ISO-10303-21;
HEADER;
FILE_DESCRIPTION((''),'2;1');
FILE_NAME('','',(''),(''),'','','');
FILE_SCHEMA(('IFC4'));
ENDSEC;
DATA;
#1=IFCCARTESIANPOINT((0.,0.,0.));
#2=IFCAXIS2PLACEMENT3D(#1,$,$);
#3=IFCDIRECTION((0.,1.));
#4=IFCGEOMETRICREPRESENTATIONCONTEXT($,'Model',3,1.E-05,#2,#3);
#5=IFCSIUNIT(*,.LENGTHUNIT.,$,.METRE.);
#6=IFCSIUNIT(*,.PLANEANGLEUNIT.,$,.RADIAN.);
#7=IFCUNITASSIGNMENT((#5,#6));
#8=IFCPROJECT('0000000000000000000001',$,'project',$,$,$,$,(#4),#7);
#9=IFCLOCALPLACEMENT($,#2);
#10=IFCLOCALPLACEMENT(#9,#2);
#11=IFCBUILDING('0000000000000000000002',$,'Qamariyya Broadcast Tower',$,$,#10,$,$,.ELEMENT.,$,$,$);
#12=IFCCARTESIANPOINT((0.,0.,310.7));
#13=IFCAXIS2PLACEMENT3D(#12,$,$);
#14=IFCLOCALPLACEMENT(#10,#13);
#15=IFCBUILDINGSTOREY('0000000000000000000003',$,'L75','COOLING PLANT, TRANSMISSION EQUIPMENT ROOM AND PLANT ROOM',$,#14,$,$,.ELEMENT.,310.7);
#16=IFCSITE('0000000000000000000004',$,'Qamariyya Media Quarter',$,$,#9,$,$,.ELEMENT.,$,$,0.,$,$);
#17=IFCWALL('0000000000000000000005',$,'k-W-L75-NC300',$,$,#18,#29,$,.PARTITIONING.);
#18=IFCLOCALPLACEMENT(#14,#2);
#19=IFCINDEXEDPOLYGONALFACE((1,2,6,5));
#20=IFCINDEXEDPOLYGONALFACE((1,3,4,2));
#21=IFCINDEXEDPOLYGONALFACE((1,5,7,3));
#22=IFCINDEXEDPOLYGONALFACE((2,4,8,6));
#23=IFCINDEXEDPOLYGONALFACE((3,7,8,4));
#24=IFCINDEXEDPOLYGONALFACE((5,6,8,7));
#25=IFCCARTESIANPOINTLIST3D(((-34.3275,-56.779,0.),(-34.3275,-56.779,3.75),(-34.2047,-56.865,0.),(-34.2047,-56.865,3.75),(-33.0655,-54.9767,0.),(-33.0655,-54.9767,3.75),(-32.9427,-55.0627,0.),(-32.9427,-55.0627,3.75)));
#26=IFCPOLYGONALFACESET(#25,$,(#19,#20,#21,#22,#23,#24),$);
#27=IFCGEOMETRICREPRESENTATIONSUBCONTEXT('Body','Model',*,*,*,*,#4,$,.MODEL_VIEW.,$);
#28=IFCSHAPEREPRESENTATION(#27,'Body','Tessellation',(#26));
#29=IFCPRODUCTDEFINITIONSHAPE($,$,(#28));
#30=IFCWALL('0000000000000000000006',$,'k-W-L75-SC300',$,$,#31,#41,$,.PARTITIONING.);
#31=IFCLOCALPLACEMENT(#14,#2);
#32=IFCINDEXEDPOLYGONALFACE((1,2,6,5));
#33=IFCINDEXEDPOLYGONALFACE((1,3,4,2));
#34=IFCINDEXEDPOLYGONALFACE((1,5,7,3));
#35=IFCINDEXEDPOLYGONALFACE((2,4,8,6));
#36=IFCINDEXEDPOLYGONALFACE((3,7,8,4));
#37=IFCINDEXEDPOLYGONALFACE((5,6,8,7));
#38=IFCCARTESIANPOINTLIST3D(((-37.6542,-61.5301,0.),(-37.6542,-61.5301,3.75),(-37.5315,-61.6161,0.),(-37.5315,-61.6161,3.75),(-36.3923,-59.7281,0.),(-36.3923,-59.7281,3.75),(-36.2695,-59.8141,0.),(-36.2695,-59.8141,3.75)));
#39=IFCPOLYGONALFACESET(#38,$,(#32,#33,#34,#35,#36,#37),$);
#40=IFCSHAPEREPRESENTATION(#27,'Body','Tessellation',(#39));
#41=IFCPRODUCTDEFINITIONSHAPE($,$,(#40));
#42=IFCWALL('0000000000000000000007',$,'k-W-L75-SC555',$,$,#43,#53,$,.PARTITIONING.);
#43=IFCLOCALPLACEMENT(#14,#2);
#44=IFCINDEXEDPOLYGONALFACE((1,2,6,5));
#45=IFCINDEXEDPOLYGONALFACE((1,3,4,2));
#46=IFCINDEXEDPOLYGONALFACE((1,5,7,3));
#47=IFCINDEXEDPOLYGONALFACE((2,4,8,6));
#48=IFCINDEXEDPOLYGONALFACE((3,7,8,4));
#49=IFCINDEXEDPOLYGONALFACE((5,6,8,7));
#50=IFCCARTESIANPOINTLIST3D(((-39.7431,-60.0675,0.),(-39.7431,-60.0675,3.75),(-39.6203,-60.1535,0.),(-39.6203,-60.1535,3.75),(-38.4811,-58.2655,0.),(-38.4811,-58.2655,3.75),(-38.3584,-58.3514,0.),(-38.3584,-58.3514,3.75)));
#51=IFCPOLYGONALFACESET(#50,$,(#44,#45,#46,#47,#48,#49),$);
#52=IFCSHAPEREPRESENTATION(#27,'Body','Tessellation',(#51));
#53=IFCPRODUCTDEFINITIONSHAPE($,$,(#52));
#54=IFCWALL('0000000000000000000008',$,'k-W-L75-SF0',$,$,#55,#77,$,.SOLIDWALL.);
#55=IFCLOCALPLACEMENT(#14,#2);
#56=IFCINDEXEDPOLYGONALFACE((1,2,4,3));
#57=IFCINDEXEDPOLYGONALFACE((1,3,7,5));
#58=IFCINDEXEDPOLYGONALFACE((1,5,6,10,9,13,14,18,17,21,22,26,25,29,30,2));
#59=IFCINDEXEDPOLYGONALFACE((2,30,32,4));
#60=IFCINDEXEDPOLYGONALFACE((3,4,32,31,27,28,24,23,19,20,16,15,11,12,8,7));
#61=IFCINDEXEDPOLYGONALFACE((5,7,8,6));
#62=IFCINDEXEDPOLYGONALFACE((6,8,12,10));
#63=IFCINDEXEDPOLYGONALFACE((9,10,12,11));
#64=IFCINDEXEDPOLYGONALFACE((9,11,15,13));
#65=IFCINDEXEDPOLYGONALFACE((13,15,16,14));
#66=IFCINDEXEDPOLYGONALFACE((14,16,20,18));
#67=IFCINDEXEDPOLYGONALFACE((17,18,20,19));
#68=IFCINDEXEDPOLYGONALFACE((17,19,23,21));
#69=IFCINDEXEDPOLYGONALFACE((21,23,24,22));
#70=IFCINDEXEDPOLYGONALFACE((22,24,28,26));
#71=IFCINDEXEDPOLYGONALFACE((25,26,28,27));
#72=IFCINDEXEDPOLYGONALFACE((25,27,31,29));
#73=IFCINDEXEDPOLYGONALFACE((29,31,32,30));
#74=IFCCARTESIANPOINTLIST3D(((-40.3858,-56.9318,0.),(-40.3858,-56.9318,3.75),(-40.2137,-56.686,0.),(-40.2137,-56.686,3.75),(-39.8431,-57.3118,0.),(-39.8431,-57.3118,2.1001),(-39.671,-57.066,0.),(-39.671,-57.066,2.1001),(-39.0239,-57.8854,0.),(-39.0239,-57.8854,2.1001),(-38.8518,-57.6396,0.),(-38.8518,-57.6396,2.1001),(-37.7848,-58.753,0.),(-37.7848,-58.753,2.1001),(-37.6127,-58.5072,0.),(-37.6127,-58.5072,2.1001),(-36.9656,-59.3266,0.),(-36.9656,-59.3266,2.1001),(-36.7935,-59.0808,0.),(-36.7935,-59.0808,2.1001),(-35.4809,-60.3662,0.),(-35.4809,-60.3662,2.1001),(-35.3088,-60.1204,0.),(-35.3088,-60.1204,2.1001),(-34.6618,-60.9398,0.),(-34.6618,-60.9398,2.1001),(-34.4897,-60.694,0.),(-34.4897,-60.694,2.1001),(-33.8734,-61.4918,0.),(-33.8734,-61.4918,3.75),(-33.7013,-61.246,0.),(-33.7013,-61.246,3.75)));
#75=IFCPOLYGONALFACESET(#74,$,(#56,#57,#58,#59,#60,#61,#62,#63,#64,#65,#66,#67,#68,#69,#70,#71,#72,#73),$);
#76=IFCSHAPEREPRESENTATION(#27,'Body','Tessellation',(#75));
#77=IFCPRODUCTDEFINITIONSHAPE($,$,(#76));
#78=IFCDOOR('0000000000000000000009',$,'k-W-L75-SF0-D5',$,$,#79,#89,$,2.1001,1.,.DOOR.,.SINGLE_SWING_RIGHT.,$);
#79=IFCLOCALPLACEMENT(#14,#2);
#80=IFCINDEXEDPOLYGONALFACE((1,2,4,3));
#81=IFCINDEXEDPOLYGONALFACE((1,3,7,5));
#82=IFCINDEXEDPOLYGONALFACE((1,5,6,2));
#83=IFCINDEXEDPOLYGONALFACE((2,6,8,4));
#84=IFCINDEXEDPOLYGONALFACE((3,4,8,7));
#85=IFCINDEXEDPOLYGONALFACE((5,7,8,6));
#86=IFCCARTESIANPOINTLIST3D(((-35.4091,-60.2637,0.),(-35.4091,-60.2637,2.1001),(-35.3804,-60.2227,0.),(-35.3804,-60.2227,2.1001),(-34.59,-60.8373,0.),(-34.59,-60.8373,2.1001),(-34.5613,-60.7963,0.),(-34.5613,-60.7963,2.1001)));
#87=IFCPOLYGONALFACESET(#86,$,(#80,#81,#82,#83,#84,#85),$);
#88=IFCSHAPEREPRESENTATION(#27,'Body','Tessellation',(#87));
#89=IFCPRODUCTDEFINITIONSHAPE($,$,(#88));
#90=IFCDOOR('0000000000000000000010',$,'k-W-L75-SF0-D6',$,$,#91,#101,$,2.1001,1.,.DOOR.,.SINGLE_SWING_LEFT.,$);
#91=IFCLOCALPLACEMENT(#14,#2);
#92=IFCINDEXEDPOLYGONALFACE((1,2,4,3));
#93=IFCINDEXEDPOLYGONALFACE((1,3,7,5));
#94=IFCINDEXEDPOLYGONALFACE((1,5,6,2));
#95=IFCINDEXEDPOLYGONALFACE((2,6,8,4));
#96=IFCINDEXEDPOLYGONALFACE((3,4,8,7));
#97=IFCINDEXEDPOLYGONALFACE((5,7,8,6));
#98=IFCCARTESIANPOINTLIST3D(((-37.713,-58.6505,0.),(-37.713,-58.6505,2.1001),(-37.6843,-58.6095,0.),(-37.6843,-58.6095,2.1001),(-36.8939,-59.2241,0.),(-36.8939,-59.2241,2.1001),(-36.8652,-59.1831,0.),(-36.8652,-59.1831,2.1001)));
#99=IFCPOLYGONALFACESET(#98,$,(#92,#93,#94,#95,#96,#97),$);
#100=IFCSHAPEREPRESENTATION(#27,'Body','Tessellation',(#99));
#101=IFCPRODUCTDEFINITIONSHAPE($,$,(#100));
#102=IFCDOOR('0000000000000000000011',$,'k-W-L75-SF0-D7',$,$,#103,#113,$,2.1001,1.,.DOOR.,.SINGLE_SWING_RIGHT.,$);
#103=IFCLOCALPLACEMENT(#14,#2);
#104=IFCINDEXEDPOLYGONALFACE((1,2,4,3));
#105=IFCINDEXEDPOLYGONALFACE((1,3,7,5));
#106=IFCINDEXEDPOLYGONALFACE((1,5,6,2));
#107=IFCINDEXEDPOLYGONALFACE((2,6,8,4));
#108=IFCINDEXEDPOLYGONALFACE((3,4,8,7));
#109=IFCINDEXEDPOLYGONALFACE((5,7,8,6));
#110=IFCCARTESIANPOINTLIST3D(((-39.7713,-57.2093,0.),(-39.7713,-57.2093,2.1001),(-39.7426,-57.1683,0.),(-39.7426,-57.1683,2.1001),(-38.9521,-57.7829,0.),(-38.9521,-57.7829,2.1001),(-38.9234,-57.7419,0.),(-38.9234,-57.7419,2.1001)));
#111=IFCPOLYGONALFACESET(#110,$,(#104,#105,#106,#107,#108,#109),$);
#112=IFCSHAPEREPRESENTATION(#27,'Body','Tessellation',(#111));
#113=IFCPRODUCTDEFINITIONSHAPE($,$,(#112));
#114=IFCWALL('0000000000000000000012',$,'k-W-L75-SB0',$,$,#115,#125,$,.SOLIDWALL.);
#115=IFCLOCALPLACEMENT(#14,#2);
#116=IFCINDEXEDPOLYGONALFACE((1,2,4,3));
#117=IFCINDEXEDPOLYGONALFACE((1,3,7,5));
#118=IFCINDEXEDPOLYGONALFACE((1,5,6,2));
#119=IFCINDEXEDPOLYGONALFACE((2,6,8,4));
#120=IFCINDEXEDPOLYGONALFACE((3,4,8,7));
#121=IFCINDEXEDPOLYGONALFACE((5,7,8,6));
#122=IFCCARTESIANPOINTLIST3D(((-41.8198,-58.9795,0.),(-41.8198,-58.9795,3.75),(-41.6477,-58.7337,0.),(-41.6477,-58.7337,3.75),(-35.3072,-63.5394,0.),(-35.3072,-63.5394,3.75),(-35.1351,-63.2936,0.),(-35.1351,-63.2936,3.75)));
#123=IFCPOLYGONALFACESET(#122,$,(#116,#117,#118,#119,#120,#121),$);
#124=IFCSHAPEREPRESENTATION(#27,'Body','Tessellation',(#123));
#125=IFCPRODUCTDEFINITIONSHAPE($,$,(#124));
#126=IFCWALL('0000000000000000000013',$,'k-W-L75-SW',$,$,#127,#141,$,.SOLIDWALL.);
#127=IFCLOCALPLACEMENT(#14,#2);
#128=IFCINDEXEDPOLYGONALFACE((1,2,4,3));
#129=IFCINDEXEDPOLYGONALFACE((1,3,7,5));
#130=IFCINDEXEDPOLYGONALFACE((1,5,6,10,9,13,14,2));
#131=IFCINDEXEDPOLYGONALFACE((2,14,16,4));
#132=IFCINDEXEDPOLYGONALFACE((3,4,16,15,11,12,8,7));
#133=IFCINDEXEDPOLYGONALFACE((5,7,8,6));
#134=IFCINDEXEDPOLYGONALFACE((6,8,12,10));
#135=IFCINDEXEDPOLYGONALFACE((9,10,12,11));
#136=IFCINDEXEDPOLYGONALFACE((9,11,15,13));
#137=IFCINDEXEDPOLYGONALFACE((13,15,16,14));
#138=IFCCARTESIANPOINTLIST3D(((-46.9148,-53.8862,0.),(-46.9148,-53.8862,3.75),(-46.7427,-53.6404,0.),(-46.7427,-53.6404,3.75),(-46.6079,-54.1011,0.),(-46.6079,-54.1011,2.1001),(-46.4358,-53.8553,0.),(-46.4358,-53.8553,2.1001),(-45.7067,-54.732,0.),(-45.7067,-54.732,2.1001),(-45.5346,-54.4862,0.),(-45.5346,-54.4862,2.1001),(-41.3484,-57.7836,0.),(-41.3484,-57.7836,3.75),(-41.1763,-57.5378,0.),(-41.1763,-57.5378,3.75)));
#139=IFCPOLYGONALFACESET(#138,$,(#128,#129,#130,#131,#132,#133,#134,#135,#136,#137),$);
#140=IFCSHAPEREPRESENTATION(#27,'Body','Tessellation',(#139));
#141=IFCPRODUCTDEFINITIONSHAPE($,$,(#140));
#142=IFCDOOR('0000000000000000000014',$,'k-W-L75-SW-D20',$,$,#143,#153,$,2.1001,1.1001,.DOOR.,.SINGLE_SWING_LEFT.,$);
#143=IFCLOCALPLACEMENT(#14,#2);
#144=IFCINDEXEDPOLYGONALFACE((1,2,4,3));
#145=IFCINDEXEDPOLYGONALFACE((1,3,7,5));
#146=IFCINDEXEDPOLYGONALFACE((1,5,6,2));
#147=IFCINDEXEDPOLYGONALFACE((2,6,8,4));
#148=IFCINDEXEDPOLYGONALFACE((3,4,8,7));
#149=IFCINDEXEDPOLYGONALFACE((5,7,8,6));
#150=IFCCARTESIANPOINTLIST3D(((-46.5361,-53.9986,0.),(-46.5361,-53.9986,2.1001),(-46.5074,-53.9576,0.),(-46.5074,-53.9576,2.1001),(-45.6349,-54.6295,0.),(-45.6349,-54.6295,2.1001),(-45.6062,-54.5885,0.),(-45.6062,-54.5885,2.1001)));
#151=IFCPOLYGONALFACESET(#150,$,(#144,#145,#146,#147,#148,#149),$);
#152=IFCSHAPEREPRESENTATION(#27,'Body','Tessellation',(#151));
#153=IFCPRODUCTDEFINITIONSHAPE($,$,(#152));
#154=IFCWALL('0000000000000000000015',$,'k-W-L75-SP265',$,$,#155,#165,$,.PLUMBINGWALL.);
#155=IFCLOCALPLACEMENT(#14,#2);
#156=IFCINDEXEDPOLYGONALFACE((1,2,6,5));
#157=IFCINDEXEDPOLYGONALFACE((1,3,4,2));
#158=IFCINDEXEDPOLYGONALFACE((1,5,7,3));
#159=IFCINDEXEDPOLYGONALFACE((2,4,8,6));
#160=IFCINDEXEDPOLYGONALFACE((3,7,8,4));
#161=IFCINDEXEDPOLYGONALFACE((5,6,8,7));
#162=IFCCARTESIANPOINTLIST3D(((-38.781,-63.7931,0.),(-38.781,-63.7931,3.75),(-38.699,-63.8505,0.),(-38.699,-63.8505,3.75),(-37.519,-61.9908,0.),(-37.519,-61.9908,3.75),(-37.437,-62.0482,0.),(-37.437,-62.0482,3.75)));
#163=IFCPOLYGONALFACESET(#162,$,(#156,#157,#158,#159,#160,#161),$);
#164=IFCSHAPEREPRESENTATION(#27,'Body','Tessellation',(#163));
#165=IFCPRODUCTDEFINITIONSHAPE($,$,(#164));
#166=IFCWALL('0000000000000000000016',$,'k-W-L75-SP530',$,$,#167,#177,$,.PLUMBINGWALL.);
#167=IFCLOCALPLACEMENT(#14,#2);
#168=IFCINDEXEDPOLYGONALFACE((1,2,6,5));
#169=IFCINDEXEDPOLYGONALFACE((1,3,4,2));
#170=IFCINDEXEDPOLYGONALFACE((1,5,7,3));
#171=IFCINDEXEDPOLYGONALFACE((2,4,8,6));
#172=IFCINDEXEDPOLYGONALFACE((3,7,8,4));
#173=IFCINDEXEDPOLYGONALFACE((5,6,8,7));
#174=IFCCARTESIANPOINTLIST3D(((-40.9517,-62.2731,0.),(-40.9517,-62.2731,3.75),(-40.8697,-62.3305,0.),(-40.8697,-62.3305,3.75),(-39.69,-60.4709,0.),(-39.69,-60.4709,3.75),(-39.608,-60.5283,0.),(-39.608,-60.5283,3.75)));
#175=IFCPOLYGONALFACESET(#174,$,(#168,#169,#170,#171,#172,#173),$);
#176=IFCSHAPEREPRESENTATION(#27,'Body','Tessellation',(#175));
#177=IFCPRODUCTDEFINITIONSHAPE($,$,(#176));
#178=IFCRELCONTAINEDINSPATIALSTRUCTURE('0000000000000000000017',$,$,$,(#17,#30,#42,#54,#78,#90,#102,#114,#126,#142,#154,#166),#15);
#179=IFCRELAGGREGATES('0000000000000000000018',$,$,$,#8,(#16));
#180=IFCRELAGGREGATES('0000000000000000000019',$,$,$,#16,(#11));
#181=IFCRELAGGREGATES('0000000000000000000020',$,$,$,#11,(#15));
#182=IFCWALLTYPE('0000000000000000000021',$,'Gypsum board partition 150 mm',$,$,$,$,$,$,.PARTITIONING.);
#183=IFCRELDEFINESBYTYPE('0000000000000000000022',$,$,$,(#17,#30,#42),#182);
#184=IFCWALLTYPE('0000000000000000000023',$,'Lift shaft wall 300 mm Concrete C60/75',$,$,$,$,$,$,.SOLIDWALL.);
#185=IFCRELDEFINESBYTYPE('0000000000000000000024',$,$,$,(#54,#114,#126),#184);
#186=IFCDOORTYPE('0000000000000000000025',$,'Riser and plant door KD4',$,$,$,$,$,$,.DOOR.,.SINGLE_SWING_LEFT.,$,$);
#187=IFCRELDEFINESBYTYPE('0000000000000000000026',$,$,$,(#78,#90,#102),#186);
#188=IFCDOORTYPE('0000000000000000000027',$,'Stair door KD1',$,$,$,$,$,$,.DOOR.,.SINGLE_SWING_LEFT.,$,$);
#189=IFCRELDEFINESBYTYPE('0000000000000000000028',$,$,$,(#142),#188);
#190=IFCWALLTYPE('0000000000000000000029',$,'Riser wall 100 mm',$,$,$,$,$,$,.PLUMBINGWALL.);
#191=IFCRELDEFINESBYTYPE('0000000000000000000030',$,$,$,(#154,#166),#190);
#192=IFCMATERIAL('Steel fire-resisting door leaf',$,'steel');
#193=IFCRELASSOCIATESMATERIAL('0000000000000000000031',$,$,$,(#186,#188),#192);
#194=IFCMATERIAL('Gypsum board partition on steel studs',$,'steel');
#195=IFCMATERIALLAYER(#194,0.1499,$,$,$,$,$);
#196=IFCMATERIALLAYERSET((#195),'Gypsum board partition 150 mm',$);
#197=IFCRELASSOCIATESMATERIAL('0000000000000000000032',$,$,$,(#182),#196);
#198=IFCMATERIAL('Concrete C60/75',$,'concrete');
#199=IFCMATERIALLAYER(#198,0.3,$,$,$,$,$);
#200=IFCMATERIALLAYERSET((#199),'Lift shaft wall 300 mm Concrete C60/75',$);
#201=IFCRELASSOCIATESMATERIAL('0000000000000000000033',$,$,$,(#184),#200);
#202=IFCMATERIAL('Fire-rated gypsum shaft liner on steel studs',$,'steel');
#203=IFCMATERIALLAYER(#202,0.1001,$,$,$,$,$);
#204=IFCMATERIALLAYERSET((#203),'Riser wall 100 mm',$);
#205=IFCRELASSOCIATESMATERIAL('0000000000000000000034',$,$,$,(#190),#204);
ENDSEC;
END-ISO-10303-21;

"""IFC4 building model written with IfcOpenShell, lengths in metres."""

from ifc_helpers import new_model, si_unit, direction, frame, frame_2d, origin, place, context, subcontext, project, spatial, rectangle, extrude, material, layer, layer_set, type_object, element, fill, save


model = new_model("IFC4")

# Units and contexts
model_context = context("Model", 3, precision=1e-05, world=origin(), true_north=direction((0.0, 1.0)))
body_context = subcontext(model_context, "Body", "Model", "MODEL_VIEW")
ifc_project = project(units=[si_unit("LENGTHUNIT", "METRE"), si_unit("PLANEANGLEUNIT", "RADIAN")], contexts=[model_context])

# Site, building, storey
site_placement = place(None, origin())
site = spatial("IfcSite", under=ifc_project, at=site_placement, Name="Qamariyya Media Quarter", CompositionType="ELEMENT", RefElevation=0.0)
building_placement = place(site_placement, origin())
building = spatial("IfcBuilding", under=site, at=building_placement, Name="Qamariyya Broadcast Tower", CompositionType="ELEMENT")
storey_placement = place(building_placement, frame((0.0, 0.0, 310.7)))
storey = spatial("IfcBuildingStorey", under=building, at=storey_placement, Name="L75", Description="COOLING PLANT, TRANSMISSION EQUIPMENT ROOM AND PLANT ROOM", CompositionType="ELEMENT", Elevation=310.7)

# Shared definitions
ifc_material_1 = material(Name="Concrete C60/75", Category="concrete")
ifc_material_2 = material(Name="Steel fire-resisting door leaf", Category="steel")

# Shared definitions
door_type_1 = type_object("IfcDoorType", Name="Riser and plant door KD4", OperationType="SINGLE_SWING_LEFT", PredefinedType="DOOR", material=ifc_material_2)
door_type_2 = type_object("IfcDoorType", Name="Stair door KD1", OperationType="SINGLE_SWING_LEFT", PredefinedType="DOOR", material=ifc_material_2)

# Walls
ifc_material_3 = material(Name="Gypsum board partition on steel studs", Category="steel")
ifc_layer_1 = layer(ifc_material_3, 0.1499)
ifc_layer_set_1 = layer_set([ifc_layer_1], Name="Gypsum board partition 150 mm")
wall_type_1 = type_object("IfcWallType", Name="Gypsum board partition 150 mm", PredefinedType="PARTITIONING", material=ifc_layer_set_1)
wall_1_placement = place(storey_placement, frame((-34.2661, -56.822, 0.0), z_axis=(0.0, 0.0, 1.0), x_axis=(0.573581, 0.819149, 0.0)))
element("IfcWall", 1, at=wall_1_placement, inside=storey, type_object=wall_type_1, Name="k-W-L75-NC300", PredefinedType="PARTITIONING", context=body_context, shape_type="SweptSolid", body=[
    extrude(rectangle(XDim=2.2002, YDim=0.1499, at=frame_2d((1.1001, 0.0))), origin(), (0.0, 0.0, 1.0), 3.75),
])
for number, where, z_axis, x_axis, name in (
    (2, (-36.3308, -59.771, 0.0), (0.0, 0.0, 1.0), (-0.573634, -0.819112, 0.0), "k-W-L75-SC300"),
    (3, (-38.4197, -58.3083, 0.0), (0.0, 0.0, 1.0), (-0.573634, -0.819112, 0.0), "k-W-L75-SC555"),
):
    element("IfcWall", number, at=place(storey_placement, frame(where, z_axis=z_axis, x_axis=x_axis)), inside=storey, type_object=wall_type_1, Name=name, PredefinedType="PARTITIONING", context=body_context, shape_type="SweptSolid", body=[
        extrude(rectangle(XDim=2.2, YDim=0.1499, at=frame_2d((1.1001, 0.0))), origin(), (0.0, 0.0, 1.0), 3.75),
    ])

# Wall, openings, doors
ifc_layer_2 = layer(ifc_material_1, 0.3)
ifc_layer_set_2 = layer_set([ifc_layer_2], Name="Lift shaft wall 300 mm Concrete C60/75")
wall_type_2 = type_object("IfcWallType", Name="Lift shaft wall 300 mm Concrete C60/75", PredefinedType="SOLIDWALL", material=ifc_layer_set_2)
wall_2_placement = place(storey_placement, frame((-33.7874, -61.3689, 0.0), z_axis=(0.0, 0.0, 1.0), x_axis=(-0.819153, 0.573576, 0.0)))
wall_2 = element("IfcWall", 4, at=wall_2_placement, inside=storey, type_object=wall_type_2, Name="k-W-L75-SF0", PredefinedType="SOLIDWALL", context=body_context, shape_type="SweptSolid", body=[
    extrude(rectangle(XDim=7.9502, YDim=0.3, at=frame_2d((3.9751, 0.0))), origin(), (0.0, 0.0, 1.0), 3.75),
])
opening_1_placement = place(wall_2_placement, frame((0.9624, 0.0, 0.0)))
opening_1 = element("IfcOpeningElement", 5, at=opening_1_placement, cuts=wall_2, PredefinedType="OPENING", context=body_context, shape_type="SweptSolid", body=[
    extrude(rectangle(XDim=1.0, YDim=2.1001, at=frame_2d((0.5, 1.05))), frame((0.0, 0.1599, 0.0), z_axis=(0.0, -1.0, 0.0), x_axis=(1.0, 0.0, 0.0)), (0.0, 0.0, 1.0), 0.3201),
])
opening_2_placement = place(wall_2_placement, frame((3.7749, 0.0, 0.0)))
opening_2 = element("IfcOpeningElement", 6, at=opening_2_placement, cuts=wall_2, PredefinedType="OPENING", context=body_context, shape_type="SweptSolid", body=[
    extrude(rectangle(XDim=1.0, YDim=2.1001, at=frame_2d((0.5, 1.05))), frame((0.0, 0.1599, 0.0), z_axis=(0.0, -1.0, 0.0), x_axis=(1.0, 0.0, 0.0)), (0.0, 0.0, 1.0), 0.3201),
])
opening_3_placement = place(wall_2_placement, frame((6.2876, 0.0, 0.0)))
opening_3 = element("IfcOpeningElement", 7, at=opening_3_placement, cuts=wall_2, PredefinedType="OPENING", context=body_context, shape_type="SweptSolid", body=[
    extrude(rectangle(XDim=1.0, YDim=2.1001, at=frame_2d((0.5, 1.05))), frame((0.0, 0.1599, 0.0), z_axis=(0.0, -1.0, 0.0), x_axis=(1.0, 0.0, 0.0)), (0.0, 0.0, 1.0), 0.3201),
])
door_1_placement = place(opening_1_placement, origin())
door_1 = element("IfcDoor", 8, at=door_1_placement, inside=storey, type_object=door_type_1, Name="k-W-L75-SF0-D5", OperationType="SINGLE_SWING_RIGHT", OverallHeight=2.1001, OverallWidth=1.0, PredefinedType="DOOR", context=body_context, shape_type="SweptSolid", body=[
    extrude(rectangle(XDim=1.0, YDim=2.1001, at=frame_2d((0.5, 1.05))), frame((0.0, 0.0249, 0.0), z_axis=(0.0, -1.0, 0.0), x_axis=(1.0, 0.0, 0.0)), (0.0, 0.0, 1.0), 0.05),
])
fill(opening_1, door_1)
door_2_placement = place(opening_2_placement, origin())
door_2 = element("IfcDoor", 9, at=door_2_placement, inside=storey, type_object=door_type_1, Name="k-W-L75-SF0-D6", OperationType="SINGLE_SWING_LEFT", OverallHeight=2.1001, OverallWidth=1.0, PredefinedType="DOOR", context=body_context, shape_type="SweptSolid", body=[
    extrude(rectangle(XDim=1.0, YDim=2.1001, at=frame_2d((0.5, 1.05))), frame((0.0, 0.0249, 0.0), z_axis=(0.0, -1.0, 0.0), x_axis=(1.0, 0.0, 0.0)), (0.0, 0.0, 1.0), 0.05),
])
fill(opening_2, door_2)
door_3_placement = place(opening_3_placement, origin())
door_3 = element("IfcDoor", 10, at=door_3_placement, inside=storey, type_object=door_type_1, Name="k-W-L75-SF0-D7", OperationType="SINGLE_SWING_RIGHT", OverallHeight=2.1001, OverallWidth=1.0, PredefinedType="DOOR", context=body_context, shape_type="SweptSolid", body=[
    extrude(rectangle(XDim=1.0, YDim=2.1001, at=frame_2d((0.5, 1.05))), frame((0.0, 0.0249, 0.0), z_axis=(0.0, -1.0, 0.0), x_axis=(1.0, 0.0, 0.0)), (0.0, 0.0, 1.0), 0.05),
])
fill(opening_3, door_3)

# Wall
wall_3_placement = place(storey_placement, frame((-35.2212, -63.4165, 0.0), z_axis=(0.0, 0.0, 1.0), x_axis=(-0.819167, 0.573555, 0.0)))
element("IfcWall", 11, at=wall_3_placement, inside=storey, type_object=wall_type_2, Name="k-W-L75-SB0", PredefinedType="SOLIDWALL", context=body_context, shape_type="SweptSolid", body=[
    extrude(rectangle(XDim=7.9502, YDim=0.3, at=frame_2d((3.9751, 0.0))), origin(), (0.0, 0.0, 1.0), 3.75),
])

# Wall, opening, door
wall_4_placement = place(storey_placement, frame((-41.2625, -57.6606, 0.0), z_axis=(0.0, 0.0, 1.0), x_axis=(-0.819164, 0.573559, 0.0)))
wall_4 = element("IfcWall", 12, at=wall_4_placement, inside=storey, type_object=wall_type_2, Name="k-W-L75-SW", PredefinedType="SOLIDWALL", context=body_context, shape_type="SweptSolid", body=[
    extrude(rectangle(XDim=6.7952, YDim=0.3, at=frame_2d((3.3975, 0.0))), origin(), (0.0, 0.0, 1.0), 3.75),
])
opening_4_placement = place(wall_4_placement, frame((5.3203, 0.0, 0.0)))
opening_4 = element("IfcOpeningElement", 13, at=opening_4_placement, cuts=wall_4, PredefinedType="OPENING", context=body_context, shape_type="SweptSolid", body=[
    extrude(rectangle(XDim=1.1001, YDim=2.1001, at=frame_2d((0.55, 1.05))), frame((0.0, 0.1599, 0.0), z_axis=(0.0, -1.0, 0.0), x_axis=(1.0, 0.0, 0.0)), (0.0, 0.0, 1.0), 0.3201),
])
door_4_placement = place(opening_4_placement, origin())
door_4 = element("IfcDoor", 14, at=door_4_placement, inside=storey, type_object=door_type_2, Name="k-W-L75-SW-D20", OperationType="SINGLE_SWING_LEFT", OverallHeight=2.1001, OverallWidth=1.1001, PredefinedType="DOOR", context=body_context, shape_type="SweptSolid", body=[
    extrude(rectangle(XDim=1.1001, YDim=2.1001, at=frame_2d((0.55, 1.05))), frame((0.0, 0.0249, 0.0), z_axis=(0.0, -1.0, 0.0), x_axis=(1.0, 0.0, 0.0)), (0.0, 0.0, 1.0), 0.05),
])
fill(opening_4, door_4)

# Walls
ifc_material_4 = material(Name="Fire-rated gypsum shaft liner on steel studs", Category="steel")
ifc_layer_3 = layer(ifc_material_4, 0.1001)
ifc_layer_set_3 = layer_set([ifc_layer_3], Name="Riser wall 100 mm")
wall_type_3 = type_object("IfcWallType", Name="Riser wall 100 mm", PredefinedType="PLUMBINGWALL", material=ifc_layer_set_3)
wall_5_placement = place(storey_placement, frame((-37.478, -62.0195, 0.0), z_axis=(0.0, 0.0, 1.0), x_axis=(-0.573581, -0.819149, 0.0)))
element("IfcWall", 15, at=wall_5_placement, inside=storey, type_object=wall_type_3, Name="k-W-L75-SP265", PredefinedType="PLUMBINGWALL", context=body_context, shape_type="SweptSolid", body=[
    extrude(rectangle(XDim=2.2002, YDim=0.1001, at=frame_2d((1.1001, 0.0))), origin(), (0.0, 0.0, 1.0), 3.75),
])
wall_6_placement = place(storey_placement, frame((-39.6489, -60.4995, 0.0), z_axis=(0.0, 0.0, 1.0), x_axis=(-0.573507, -0.819201, 0.0)))
element("IfcWall", 16, at=wall_6_placement, inside=storey, type_object=wall_type_3, Name="k-W-L75-SP530", PredefinedType="PLUMBINGWALL", context=body_context, shape_type="SweptSolid", body=[
    extrude(rectangle(XDim=2.2, YDim=0.1001, at=frame_2d((1.1001, 0.0))), origin(), (0.0, 0.0, 1.0), 3.75),
])

save(model, "model.ifc")
